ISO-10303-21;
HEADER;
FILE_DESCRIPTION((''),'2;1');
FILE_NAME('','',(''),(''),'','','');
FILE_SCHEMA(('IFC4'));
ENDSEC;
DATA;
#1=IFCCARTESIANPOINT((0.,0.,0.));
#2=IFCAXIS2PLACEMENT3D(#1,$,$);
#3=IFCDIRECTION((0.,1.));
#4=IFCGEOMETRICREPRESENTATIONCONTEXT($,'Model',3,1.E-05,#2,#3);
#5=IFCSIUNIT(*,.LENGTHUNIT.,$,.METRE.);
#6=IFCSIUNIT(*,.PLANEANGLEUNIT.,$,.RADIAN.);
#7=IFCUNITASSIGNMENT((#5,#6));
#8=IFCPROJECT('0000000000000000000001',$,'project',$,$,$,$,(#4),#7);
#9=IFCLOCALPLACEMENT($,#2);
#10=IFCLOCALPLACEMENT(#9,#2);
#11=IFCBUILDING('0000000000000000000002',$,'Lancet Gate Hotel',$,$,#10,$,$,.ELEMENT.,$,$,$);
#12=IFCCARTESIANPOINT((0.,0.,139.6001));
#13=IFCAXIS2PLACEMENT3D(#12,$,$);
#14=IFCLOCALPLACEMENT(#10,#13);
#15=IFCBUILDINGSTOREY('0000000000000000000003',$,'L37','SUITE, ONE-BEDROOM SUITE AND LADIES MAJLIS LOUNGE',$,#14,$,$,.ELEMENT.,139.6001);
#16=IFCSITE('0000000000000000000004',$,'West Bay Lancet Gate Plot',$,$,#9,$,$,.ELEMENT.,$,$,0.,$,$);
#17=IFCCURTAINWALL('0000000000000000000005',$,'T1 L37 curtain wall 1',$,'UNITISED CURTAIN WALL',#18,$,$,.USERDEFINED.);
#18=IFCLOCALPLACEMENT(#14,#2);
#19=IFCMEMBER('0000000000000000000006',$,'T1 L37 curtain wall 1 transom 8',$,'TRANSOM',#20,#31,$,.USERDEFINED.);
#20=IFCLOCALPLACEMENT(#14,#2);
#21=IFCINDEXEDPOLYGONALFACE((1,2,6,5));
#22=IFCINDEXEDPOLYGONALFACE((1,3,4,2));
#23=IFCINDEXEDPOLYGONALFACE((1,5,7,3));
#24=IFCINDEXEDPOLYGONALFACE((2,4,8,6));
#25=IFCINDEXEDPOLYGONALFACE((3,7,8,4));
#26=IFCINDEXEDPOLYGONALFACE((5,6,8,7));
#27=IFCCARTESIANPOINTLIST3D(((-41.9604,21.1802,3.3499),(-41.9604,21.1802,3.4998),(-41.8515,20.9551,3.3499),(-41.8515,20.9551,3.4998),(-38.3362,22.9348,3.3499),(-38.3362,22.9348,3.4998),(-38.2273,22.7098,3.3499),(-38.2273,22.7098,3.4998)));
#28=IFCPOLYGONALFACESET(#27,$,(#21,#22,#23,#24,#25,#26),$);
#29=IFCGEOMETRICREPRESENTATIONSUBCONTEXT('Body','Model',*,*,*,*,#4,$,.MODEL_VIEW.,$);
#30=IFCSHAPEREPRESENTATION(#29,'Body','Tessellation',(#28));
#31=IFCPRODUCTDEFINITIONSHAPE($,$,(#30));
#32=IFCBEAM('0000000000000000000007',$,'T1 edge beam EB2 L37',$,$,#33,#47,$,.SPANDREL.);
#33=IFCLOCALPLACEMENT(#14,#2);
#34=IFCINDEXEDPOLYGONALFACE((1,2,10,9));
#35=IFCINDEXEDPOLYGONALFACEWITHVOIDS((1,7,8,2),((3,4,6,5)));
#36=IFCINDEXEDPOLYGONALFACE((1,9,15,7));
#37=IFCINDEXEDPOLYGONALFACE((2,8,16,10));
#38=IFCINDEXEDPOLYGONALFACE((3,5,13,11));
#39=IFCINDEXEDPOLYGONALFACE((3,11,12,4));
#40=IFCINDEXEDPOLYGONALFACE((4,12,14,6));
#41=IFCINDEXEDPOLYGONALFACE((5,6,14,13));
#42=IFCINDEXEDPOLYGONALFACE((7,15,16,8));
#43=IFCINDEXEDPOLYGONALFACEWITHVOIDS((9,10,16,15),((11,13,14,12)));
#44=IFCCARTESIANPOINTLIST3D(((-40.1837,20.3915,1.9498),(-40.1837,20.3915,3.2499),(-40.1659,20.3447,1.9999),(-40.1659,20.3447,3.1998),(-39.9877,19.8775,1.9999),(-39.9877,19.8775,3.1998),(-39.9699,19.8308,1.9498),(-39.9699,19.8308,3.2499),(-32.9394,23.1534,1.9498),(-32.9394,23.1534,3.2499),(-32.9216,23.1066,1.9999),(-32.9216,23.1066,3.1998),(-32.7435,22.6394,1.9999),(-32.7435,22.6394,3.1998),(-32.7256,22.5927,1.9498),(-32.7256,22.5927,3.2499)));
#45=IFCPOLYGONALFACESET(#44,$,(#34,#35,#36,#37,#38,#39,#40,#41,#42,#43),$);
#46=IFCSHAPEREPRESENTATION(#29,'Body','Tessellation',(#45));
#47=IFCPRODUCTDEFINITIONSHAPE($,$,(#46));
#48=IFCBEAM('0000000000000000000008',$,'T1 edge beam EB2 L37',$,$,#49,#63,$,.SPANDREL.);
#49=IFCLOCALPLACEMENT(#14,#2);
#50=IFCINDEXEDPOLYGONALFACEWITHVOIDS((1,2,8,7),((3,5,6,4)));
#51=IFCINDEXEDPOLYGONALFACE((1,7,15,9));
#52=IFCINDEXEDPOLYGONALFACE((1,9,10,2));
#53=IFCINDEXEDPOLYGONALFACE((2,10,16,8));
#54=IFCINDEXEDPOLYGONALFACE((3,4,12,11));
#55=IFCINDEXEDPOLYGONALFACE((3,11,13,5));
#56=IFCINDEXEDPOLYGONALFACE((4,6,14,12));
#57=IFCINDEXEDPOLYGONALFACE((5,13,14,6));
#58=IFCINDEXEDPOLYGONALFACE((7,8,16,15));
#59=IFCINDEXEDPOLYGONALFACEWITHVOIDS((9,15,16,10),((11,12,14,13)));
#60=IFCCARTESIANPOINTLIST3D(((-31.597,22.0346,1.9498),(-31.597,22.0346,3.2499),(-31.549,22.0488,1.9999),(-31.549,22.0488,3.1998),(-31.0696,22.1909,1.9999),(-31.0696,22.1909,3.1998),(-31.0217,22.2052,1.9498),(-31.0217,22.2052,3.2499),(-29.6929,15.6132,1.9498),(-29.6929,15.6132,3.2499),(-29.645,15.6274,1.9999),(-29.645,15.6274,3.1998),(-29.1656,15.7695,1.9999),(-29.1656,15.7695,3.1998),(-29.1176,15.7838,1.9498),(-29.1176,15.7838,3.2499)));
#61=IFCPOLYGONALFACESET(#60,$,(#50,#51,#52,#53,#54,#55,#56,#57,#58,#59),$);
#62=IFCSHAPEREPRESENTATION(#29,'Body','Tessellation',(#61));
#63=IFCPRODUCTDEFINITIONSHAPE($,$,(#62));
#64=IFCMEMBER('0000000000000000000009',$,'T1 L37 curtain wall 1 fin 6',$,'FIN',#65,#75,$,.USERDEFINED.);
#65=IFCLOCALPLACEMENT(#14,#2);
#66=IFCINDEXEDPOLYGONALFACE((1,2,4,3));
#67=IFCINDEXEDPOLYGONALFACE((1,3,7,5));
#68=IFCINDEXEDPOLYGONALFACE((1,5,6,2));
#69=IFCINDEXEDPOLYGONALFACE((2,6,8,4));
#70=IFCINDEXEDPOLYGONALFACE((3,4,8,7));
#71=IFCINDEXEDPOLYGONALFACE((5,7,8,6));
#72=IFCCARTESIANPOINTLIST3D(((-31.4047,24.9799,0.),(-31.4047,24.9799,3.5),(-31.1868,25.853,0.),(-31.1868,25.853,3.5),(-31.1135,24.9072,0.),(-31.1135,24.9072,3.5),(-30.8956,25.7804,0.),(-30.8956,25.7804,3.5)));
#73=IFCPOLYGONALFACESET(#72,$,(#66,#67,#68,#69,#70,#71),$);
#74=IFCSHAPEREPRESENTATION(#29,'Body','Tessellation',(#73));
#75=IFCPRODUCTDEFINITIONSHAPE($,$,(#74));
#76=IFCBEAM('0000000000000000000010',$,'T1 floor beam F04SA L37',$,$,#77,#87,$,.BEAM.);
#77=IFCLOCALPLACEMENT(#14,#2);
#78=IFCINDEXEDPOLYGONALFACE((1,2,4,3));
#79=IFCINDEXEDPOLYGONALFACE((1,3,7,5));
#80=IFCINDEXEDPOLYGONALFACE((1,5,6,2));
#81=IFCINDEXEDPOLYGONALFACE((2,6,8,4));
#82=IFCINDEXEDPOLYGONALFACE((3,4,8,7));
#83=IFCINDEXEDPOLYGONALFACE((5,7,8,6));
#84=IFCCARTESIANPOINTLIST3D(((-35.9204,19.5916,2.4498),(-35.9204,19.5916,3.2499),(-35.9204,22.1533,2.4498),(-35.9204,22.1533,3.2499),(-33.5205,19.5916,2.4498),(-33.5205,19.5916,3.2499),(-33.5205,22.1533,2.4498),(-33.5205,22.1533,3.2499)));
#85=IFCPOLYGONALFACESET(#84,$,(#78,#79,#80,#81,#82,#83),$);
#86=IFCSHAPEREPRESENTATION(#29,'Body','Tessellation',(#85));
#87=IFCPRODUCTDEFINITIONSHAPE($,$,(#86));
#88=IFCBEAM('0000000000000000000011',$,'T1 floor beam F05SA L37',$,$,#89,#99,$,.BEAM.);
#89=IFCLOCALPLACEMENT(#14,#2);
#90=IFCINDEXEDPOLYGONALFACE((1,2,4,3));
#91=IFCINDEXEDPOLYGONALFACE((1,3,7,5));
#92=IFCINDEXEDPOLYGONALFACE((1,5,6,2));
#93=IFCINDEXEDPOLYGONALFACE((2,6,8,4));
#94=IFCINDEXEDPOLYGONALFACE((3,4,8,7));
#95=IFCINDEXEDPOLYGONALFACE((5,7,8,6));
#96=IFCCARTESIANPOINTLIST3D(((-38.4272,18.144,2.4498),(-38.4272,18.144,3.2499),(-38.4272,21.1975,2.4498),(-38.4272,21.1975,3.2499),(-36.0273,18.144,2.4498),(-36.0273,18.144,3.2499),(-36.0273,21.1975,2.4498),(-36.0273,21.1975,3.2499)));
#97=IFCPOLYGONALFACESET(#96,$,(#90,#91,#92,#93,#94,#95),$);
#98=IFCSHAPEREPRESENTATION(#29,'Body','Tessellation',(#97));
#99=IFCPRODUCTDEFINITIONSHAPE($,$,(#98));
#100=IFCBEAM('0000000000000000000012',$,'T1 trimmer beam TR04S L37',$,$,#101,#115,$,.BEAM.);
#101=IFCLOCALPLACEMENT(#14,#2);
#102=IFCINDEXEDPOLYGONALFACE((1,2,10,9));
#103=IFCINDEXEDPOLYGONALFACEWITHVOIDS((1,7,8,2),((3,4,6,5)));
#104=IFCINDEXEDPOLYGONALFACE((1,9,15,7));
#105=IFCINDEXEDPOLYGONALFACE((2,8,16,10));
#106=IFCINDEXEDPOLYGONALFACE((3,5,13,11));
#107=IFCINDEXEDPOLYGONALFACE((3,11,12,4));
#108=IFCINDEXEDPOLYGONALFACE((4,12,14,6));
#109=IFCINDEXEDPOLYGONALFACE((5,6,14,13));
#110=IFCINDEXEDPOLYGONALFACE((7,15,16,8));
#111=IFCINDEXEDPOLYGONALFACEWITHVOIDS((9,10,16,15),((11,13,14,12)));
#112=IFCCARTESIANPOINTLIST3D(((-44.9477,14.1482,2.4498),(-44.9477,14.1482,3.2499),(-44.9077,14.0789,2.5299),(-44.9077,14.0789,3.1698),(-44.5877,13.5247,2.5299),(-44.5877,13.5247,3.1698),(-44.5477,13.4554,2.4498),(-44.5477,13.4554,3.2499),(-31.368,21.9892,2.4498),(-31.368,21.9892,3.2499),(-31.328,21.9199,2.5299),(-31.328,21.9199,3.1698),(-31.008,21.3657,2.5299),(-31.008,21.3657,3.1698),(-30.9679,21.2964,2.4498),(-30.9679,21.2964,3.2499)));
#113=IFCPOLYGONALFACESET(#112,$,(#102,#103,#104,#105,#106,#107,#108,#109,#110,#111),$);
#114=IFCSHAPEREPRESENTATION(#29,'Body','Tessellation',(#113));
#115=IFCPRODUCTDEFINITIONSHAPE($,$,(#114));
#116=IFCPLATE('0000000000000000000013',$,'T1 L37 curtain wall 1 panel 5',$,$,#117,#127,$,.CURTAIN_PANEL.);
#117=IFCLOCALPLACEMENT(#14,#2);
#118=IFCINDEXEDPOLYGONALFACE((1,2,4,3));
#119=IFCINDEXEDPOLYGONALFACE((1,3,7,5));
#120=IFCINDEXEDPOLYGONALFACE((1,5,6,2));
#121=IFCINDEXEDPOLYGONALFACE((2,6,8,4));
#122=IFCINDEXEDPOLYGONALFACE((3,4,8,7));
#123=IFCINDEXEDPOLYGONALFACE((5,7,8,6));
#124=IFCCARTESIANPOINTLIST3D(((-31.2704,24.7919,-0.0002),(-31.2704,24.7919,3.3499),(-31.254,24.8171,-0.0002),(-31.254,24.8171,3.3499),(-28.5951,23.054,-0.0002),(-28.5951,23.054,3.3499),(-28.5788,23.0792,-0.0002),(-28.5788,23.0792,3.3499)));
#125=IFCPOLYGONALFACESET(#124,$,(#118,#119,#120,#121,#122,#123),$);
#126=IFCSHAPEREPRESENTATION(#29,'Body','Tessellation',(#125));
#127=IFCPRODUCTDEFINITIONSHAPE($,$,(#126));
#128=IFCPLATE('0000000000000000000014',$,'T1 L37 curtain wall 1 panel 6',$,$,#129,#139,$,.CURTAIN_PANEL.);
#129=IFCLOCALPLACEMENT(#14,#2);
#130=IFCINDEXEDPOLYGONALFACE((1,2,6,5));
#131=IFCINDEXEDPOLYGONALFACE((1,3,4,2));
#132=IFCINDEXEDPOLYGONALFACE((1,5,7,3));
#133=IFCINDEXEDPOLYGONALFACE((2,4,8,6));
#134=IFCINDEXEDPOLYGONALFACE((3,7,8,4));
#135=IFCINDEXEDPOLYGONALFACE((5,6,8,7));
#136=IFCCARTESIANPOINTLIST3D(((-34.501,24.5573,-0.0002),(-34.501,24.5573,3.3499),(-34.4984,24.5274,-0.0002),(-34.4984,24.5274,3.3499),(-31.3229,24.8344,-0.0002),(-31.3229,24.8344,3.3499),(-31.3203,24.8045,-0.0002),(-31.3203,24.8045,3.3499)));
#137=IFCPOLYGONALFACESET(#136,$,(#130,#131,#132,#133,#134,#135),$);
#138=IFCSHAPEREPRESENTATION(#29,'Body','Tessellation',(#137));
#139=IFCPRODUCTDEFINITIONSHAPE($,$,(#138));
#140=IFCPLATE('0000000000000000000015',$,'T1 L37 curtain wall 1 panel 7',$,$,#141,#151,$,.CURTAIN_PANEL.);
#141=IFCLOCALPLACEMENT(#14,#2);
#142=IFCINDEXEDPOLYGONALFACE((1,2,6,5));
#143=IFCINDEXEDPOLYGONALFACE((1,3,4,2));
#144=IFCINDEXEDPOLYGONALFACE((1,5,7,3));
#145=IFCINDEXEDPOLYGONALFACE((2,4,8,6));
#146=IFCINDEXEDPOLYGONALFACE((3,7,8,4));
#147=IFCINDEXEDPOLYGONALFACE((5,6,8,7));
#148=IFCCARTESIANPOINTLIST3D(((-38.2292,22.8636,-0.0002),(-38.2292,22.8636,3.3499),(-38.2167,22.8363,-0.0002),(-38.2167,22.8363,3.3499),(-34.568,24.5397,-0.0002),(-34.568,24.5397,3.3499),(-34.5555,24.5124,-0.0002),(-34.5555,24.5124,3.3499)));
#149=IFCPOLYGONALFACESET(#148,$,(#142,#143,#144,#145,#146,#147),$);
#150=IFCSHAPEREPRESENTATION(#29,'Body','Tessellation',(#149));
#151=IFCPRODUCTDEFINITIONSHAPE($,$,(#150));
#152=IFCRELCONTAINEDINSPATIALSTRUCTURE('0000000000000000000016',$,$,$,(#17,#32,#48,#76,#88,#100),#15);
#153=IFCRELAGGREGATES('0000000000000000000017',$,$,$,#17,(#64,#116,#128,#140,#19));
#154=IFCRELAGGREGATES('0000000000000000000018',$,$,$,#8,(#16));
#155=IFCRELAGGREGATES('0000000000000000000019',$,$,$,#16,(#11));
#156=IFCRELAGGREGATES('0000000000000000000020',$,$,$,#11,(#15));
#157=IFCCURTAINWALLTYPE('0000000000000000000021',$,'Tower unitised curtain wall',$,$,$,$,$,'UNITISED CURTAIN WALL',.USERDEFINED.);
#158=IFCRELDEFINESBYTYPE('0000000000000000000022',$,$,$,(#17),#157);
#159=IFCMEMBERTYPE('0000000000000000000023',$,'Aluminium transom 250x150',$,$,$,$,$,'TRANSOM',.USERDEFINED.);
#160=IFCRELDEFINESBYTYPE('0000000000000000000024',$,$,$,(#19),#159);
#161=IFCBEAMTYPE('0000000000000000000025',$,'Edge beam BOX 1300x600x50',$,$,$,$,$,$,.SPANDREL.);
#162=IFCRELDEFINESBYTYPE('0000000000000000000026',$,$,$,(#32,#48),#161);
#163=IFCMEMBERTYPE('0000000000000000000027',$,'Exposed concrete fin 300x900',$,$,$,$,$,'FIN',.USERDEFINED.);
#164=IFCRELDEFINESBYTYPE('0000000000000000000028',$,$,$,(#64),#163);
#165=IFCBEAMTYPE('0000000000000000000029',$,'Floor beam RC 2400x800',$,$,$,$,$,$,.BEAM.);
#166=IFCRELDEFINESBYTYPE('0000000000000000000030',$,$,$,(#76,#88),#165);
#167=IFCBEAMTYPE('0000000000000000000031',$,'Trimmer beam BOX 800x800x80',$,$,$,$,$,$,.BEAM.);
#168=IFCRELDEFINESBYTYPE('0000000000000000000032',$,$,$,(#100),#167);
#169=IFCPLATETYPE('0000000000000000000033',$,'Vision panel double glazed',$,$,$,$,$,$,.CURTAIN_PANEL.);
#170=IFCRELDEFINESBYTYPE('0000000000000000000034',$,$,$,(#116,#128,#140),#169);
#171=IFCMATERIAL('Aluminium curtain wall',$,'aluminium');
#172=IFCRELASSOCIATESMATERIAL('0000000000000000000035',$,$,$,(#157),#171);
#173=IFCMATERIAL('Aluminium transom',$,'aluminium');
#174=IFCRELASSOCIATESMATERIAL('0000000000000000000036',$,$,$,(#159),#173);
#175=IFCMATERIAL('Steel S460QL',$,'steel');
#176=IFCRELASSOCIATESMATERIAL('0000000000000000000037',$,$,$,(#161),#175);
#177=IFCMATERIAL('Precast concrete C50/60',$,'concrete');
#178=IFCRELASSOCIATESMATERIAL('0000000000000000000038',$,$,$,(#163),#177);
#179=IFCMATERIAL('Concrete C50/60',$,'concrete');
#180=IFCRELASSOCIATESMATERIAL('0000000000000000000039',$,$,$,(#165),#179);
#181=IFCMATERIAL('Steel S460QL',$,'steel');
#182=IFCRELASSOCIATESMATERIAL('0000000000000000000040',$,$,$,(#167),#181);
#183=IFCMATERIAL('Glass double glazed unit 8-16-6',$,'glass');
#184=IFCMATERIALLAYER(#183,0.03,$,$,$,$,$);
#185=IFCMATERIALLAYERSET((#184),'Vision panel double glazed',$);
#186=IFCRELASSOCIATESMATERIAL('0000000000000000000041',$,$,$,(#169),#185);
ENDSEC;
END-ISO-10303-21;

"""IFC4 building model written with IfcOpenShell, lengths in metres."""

from ifc_helpers import new_model, si_unit, direction, frame, origin, origin_2d, place, context, subcontext, project, spatial, rectangle, hollow_rectangle, extrude, material, layer, layer_set, material_profile, profile_set, type_object, element, aggregate, save


model = new_model("IFC4")

# Units and contexts
model_context = context("Model", 3, precision=1e-05, world=origin(), true_north=direction((0.0, 1.0)))
body_context = subcontext(model_context, "Body", "Model", "MODEL_VIEW")
ifc_project = project(units=[si_unit("LENGTHUNIT", "METRE"), si_unit("PLANEANGLEUNIT", "RADIAN")], contexts=[model_context])

# Site, building, storey
site_placement = place(None, origin())
site = spatial("IfcSite", under=ifc_project, at=site_placement, Name="West Bay Lancet Gate Plot", CompositionType="ELEMENT", RefElevation=0.0)
building_placement = place(site_placement, origin())
building = spatial("IfcBuilding", under=site, at=building_placement, Name="Lancet Gate Hotel", CompositionType="ELEMENT")
storey_placement = place(building_placement, frame((0.0, 0.0, 139.6001)))
storey = spatial("IfcBuildingStorey", under=building, at=storey_placement, Name="L37", Description="SUITE, ONE-BEDROOM SUITE AND LADIES MAJLIS LOUNGE", CompositionType="ELEMENT", Elevation=139.6001)

# Curtain wall, member
ifc_material_1 = material(Name="Aluminium curtain wall", Category="aluminium")
curtain_wall_type = type_object("IfcCurtainWallType", Name="Tower unitised curtain wall", ElementType="UNITISED CURTAIN WALL", PredefinedType="USERDEFINED", material=ifc_material_1)
curtain_wall_placement = place(storey_placement, origin())
curtain_wall = element("IfcCurtainWall", 1, at=curtain_wall_placement, inside=storey, type_object=curtain_wall_type, Name="T1 L37 curtain wall 1", ObjectType="UNITISED CURTAIN WALL", PredefinedType="USERDEFINED")
ifc_material_2 = material(Name="Aluminium transom", Category="aluminium")
ifc_material_profile_1 = material_profile(ifc_material_2, rectangle(XDim=0.25, YDim=0.1499, at=origin_2d()), Name="TRANSOM 250x150")
ifc_profile_set_1 = profile_set([ifc_material_profile_1], Name="Aluminium transom")
member_type_1 = type_object("IfcMemberType", Name="Aluminium transom 250x150", ElementType="TRANSOM", PredefinedType="USERDEFINED", material=ifc_profile_set_1)
member_1_placement = place(storey_placement, frame((-38.2817, 22.8223, 3.4248), z_axis=(-0.900066, -0.435754, 0.0), x_axis=(0.435754, -0.900066, 0.0)))
member_1 = element("IfcMember", 2, at=member_1_placement, type_object=member_type_1, Name="T1 L37 curtain wall 1 transom 8", ObjectType="TRANSOM", PredefinedType="USERDEFINED", context=body_context, shape_type="SweptSolid", body=[
    extrude(rectangle(XDim=0.25, YDim=0.1499, at=origin_2d()), origin(), (0.0, 0.0, 1.0), 4.0266),
])

# Beams
ifc_material_3 = material(Name="Steel S460QL", Category="steel")
ifc_material_profile_2 = material_profile(ifc_material_3, hollow_rectangle(XDim=0.6001, YDim=1.3, WallThickness=0.05, at=origin_2d()), Name="BOX 1300x600x50")
ifc_profile_set_2 = profile_set([ifc_material_profile_2], Name="Steel S460QL")
beam_type_1 = type_object("IfcBeamType", Name="Edge beam BOX 1300x600x50", PredefinedType="SPANDREL", material=ifc_profile_set_2)
beam_1_placement = place(storey_placement, frame((-32.8325, 22.873, 2.5999), z_axis=(-0.934393, -0.356243, 0.0), x_axis=(0.356243, -0.934393, 0.0)))
element("IfcBeam", 3, at=beam_1_placement, inside=storey, type_object=beam_type_1, Name="T1 edge beam EB2 L37", PredefinedType="SPANDREL", context=body_context, shape_type="SweptSolid", body=[
    extrude(hollow_rectangle(XDim=0.6001, YDim=1.3, WallThickness=0.05, at=origin_2d()), origin(), (0.0, 0.0, 1.0), 7.7529),
])
beam_2_placement = place(storey_placement, frame((-31.3093, 22.1199, 2.5999), z_axis=(0.284283, -0.95874, 0.0), x_axis=(0.95874, 0.284283, 0.0)))
element("IfcBeam", 4, at=beam_2_placement, inside=storey, type_object=beam_type_1, Name="T1 edge beam EB2 L37", PredefinedType="SPANDREL", context=body_context, shape_type="SweptSolid", body=[
    extrude(hollow_rectangle(XDim=0.6001, YDim=1.3, WallThickness=0.05, at=origin_2d()), origin(), (0.0, 0.0, 1.0), 6.6978),
])

# Member
ifc_material_4 = material(Name="Precast concrete C50/60", Category="concrete")
ifc_material_profile_3 = material_profile(ifc_material_4, rectangle(XDim=0.3, YDim=0.8999, at=origin_2d()), Name="FIN 300x900")
ifc_profile_set_3 = profile_set([ifc_material_profile_3], Name="Precast concrete C50/60")
member_type_2 = type_object("IfcMemberType", Name="Exposed concrete fin 300x900", ElementType="FIN", PredefinedType="USERDEFINED", material=ifc_profile_set_3)
member_2_placement = place(storey_placement, frame((-31.1501, 25.3801, 0.0), z_axis=(0.0, 0.0, 1.0), x_axis=(-0.970242, 0.242137, 0.0)))
member_2 = element("IfcMember", 5, at=member_2_placement, type_object=member_type_2, Name="T1 L37 curtain wall 1 fin 6", ObjectType="FIN", PredefinedType="USERDEFINED", context=body_context, shape_type="SweptSolid", body=[
    extrude(rectangle(XDim=0.3, YDim=0.8999, at=origin_2d()), origin(), (0.0, 0.0, 1.0), 3.5),
])

# Beams
ifc_material_5 = material(Name="Concrete C50/60", Category="concrete")
ifc_material_profile_4 = material_profile(ifc_material_5, rectangle(XDim=2.3999, YDim=0.8, at=origin_2d()), Name="RC 2400x800")
ifc_profile_set_4 = profile_set([ifc_material_profile_4], Name="Concrete C50/60")
beam_type_2 = type_object("IfcBeamType", Name="Floor beam RC 2400x800", PredefinedType="BEAM", material=ifc_profile_set_4)
beam_3_placement = place(storey_placement, frame((-34.7205, 22.1533, 2.8499), z_axis=(0.0, -1.0, 0.0), x_axis=(1.0, 0.0, 0.0)))
element("IfcBeam", 6, at=beam_3_placement, inside=storey, type_object=beam_type_2, Name="T1 floor beam F04SA L37", PredefinedType="BEAM", context=body_context, shape_type="SweptSolid", body=[
    extrude(rectangle(XDim=2.3999, YDim=0.8, at=origin_2d()), origin(), (0.0, 0.0, 1.0), 2.5618),
])
beam_4_placement = place(storey_placement, frame((-37.2273, 21.1975, 2.8499), z_axis=(0.0, -1.0, 0.0), x_axis=(1.0, 0.0, 0.0)))
element("IfcBeam", 7, at=beam_4_placement, inside=storey, type_object=beam_type_2, Name="T1 floor beam F05SA L37", PredefinedType="BEAM", context=body_context, shape_type="SweptSolid", body=[
    extrude(rectangle(XDim=2.3999, YDim=0.8, at=origin_2d()), origin(), (0.0, 0.0, 1.0), 3.0535),
])
ifc_material_6 = material(Name="Steel S460QL", Category="steel")
ifc_material_profile_5 = material_profile(ifc_material_6, hollow_rectangle(XDim=0.8, YDim=0.8, WallThickness=0.0801, at=origin_2d()), Name="BOX 800x800x80")
ifc_profile_set_5 = profile_set([ifc_material_profile_5], Name="Steel S460QL")
beam_type_3 = type_object("IfcBeamType", Name="Trimmer beam BOX 800x800x80", PredefinedType="BEAM", material=ifc_profile_set_5)
beam_5_placement = place(storey_placement, frame((-31.168, 21.6428, 2.8499), z_axis=(-0.866005, -0.500036, 0.0), x_axis=(0.500036, -0.866005, 0.0)))
element("IfcBeam", 8, at=beam_5_placement, inside=storey, type_object=beam_type_3, Name="T1 trimmer beam TR04S L37", PredefinedType="BEAM", context=body_context, shape_type="SweptSolid", body=[
    extrude(hollow_rectangle(XDim=0.8, YDim=0.8, WallThickness=0.0801, at=origin_2d()), origin(), (0.0, 0.0, 1.0), 15.6809),
])

# Plates
ifc_material_7 = material(Name="Glass double glazed unit 8-16-6", Category="glass")
ifc_layer = layer(ifc_material_7, 0.03)
ifc_layer_set = layer_set([ifc_layer], Name="Vision panel double glazed")
plate_type = type_object("IfcPlateType", Name="Vision panel double glazed", PredefinedType="CURTAIN_PANEL", material=ifc_layer_set)
plate_1_placement = place(storey_placement, frame((-29.9246, 23.9355, -0.0002), z_axis=(0.0, 0.0, 1.0), x_axis=(-0.83858, 0.544778, 0.0)))
plate_1 = element("IfcPlate", 9, at=plate_1_placement, type_object=plate_type, Name="T1 L37 curtain wall 1 panel 5", PredefinedType="CURTAIN_PANEL", context=body_context, shape_type="SweptSolid", body=[
    extrude(rectangle(XDim=3.1902, YDim=0.03, at=origin_2d()), origin(), (0.0, 0.0, 1.0), 3.3501),
])
plate_2_placement = place(storey_placement, frame((-32.9106, 24.6809, -0.0002), z_axis=(0.0, 0.0, 1.0), x_axis=(-0.996219, -0.08688, 0.0)))
plate_2 = element("IfcPlate", 10, at=plate_2_placement, type_object=plate_type, Name="T1 L37 curtain wall 1 panel 6", PredefinedType="CURTAIN_PANEL", context=body_context, shape_type="SweptSolid", body=[
    extrude(rectangle(XDim=3.1902, YDim=0.03, at=origin_2d()), origin(), (0.0, 0.0, 1.0), 3.3501),
])
plate_3_placement = place(storey_placement, frame((-36.3923, 23.688, -0.0002), z_axis=(0.0, 0.0, 1.0), x_axis=(-0.909253, -0.416245, 0.0)))
plate_3 = element("IfcPlate", 11, at=plate_3_placement, type_object=plate_type, Name="T1 L37 curtain wall 1 panel 7", PredefinedType="CURTAIN_PANEL", context=body_context, shape_type="SweptSolid", body=[
    extrude(rectangle(XDim=4.0266, YDim=0.03, at=origin_2d()), origin(), (0.0, 0.0, 1.0), 3.3501),
])
aggregate(curtain_wall, [member_2, plate_1, plate_2, plate_3, member_1])

save(model, "model.ifc")
